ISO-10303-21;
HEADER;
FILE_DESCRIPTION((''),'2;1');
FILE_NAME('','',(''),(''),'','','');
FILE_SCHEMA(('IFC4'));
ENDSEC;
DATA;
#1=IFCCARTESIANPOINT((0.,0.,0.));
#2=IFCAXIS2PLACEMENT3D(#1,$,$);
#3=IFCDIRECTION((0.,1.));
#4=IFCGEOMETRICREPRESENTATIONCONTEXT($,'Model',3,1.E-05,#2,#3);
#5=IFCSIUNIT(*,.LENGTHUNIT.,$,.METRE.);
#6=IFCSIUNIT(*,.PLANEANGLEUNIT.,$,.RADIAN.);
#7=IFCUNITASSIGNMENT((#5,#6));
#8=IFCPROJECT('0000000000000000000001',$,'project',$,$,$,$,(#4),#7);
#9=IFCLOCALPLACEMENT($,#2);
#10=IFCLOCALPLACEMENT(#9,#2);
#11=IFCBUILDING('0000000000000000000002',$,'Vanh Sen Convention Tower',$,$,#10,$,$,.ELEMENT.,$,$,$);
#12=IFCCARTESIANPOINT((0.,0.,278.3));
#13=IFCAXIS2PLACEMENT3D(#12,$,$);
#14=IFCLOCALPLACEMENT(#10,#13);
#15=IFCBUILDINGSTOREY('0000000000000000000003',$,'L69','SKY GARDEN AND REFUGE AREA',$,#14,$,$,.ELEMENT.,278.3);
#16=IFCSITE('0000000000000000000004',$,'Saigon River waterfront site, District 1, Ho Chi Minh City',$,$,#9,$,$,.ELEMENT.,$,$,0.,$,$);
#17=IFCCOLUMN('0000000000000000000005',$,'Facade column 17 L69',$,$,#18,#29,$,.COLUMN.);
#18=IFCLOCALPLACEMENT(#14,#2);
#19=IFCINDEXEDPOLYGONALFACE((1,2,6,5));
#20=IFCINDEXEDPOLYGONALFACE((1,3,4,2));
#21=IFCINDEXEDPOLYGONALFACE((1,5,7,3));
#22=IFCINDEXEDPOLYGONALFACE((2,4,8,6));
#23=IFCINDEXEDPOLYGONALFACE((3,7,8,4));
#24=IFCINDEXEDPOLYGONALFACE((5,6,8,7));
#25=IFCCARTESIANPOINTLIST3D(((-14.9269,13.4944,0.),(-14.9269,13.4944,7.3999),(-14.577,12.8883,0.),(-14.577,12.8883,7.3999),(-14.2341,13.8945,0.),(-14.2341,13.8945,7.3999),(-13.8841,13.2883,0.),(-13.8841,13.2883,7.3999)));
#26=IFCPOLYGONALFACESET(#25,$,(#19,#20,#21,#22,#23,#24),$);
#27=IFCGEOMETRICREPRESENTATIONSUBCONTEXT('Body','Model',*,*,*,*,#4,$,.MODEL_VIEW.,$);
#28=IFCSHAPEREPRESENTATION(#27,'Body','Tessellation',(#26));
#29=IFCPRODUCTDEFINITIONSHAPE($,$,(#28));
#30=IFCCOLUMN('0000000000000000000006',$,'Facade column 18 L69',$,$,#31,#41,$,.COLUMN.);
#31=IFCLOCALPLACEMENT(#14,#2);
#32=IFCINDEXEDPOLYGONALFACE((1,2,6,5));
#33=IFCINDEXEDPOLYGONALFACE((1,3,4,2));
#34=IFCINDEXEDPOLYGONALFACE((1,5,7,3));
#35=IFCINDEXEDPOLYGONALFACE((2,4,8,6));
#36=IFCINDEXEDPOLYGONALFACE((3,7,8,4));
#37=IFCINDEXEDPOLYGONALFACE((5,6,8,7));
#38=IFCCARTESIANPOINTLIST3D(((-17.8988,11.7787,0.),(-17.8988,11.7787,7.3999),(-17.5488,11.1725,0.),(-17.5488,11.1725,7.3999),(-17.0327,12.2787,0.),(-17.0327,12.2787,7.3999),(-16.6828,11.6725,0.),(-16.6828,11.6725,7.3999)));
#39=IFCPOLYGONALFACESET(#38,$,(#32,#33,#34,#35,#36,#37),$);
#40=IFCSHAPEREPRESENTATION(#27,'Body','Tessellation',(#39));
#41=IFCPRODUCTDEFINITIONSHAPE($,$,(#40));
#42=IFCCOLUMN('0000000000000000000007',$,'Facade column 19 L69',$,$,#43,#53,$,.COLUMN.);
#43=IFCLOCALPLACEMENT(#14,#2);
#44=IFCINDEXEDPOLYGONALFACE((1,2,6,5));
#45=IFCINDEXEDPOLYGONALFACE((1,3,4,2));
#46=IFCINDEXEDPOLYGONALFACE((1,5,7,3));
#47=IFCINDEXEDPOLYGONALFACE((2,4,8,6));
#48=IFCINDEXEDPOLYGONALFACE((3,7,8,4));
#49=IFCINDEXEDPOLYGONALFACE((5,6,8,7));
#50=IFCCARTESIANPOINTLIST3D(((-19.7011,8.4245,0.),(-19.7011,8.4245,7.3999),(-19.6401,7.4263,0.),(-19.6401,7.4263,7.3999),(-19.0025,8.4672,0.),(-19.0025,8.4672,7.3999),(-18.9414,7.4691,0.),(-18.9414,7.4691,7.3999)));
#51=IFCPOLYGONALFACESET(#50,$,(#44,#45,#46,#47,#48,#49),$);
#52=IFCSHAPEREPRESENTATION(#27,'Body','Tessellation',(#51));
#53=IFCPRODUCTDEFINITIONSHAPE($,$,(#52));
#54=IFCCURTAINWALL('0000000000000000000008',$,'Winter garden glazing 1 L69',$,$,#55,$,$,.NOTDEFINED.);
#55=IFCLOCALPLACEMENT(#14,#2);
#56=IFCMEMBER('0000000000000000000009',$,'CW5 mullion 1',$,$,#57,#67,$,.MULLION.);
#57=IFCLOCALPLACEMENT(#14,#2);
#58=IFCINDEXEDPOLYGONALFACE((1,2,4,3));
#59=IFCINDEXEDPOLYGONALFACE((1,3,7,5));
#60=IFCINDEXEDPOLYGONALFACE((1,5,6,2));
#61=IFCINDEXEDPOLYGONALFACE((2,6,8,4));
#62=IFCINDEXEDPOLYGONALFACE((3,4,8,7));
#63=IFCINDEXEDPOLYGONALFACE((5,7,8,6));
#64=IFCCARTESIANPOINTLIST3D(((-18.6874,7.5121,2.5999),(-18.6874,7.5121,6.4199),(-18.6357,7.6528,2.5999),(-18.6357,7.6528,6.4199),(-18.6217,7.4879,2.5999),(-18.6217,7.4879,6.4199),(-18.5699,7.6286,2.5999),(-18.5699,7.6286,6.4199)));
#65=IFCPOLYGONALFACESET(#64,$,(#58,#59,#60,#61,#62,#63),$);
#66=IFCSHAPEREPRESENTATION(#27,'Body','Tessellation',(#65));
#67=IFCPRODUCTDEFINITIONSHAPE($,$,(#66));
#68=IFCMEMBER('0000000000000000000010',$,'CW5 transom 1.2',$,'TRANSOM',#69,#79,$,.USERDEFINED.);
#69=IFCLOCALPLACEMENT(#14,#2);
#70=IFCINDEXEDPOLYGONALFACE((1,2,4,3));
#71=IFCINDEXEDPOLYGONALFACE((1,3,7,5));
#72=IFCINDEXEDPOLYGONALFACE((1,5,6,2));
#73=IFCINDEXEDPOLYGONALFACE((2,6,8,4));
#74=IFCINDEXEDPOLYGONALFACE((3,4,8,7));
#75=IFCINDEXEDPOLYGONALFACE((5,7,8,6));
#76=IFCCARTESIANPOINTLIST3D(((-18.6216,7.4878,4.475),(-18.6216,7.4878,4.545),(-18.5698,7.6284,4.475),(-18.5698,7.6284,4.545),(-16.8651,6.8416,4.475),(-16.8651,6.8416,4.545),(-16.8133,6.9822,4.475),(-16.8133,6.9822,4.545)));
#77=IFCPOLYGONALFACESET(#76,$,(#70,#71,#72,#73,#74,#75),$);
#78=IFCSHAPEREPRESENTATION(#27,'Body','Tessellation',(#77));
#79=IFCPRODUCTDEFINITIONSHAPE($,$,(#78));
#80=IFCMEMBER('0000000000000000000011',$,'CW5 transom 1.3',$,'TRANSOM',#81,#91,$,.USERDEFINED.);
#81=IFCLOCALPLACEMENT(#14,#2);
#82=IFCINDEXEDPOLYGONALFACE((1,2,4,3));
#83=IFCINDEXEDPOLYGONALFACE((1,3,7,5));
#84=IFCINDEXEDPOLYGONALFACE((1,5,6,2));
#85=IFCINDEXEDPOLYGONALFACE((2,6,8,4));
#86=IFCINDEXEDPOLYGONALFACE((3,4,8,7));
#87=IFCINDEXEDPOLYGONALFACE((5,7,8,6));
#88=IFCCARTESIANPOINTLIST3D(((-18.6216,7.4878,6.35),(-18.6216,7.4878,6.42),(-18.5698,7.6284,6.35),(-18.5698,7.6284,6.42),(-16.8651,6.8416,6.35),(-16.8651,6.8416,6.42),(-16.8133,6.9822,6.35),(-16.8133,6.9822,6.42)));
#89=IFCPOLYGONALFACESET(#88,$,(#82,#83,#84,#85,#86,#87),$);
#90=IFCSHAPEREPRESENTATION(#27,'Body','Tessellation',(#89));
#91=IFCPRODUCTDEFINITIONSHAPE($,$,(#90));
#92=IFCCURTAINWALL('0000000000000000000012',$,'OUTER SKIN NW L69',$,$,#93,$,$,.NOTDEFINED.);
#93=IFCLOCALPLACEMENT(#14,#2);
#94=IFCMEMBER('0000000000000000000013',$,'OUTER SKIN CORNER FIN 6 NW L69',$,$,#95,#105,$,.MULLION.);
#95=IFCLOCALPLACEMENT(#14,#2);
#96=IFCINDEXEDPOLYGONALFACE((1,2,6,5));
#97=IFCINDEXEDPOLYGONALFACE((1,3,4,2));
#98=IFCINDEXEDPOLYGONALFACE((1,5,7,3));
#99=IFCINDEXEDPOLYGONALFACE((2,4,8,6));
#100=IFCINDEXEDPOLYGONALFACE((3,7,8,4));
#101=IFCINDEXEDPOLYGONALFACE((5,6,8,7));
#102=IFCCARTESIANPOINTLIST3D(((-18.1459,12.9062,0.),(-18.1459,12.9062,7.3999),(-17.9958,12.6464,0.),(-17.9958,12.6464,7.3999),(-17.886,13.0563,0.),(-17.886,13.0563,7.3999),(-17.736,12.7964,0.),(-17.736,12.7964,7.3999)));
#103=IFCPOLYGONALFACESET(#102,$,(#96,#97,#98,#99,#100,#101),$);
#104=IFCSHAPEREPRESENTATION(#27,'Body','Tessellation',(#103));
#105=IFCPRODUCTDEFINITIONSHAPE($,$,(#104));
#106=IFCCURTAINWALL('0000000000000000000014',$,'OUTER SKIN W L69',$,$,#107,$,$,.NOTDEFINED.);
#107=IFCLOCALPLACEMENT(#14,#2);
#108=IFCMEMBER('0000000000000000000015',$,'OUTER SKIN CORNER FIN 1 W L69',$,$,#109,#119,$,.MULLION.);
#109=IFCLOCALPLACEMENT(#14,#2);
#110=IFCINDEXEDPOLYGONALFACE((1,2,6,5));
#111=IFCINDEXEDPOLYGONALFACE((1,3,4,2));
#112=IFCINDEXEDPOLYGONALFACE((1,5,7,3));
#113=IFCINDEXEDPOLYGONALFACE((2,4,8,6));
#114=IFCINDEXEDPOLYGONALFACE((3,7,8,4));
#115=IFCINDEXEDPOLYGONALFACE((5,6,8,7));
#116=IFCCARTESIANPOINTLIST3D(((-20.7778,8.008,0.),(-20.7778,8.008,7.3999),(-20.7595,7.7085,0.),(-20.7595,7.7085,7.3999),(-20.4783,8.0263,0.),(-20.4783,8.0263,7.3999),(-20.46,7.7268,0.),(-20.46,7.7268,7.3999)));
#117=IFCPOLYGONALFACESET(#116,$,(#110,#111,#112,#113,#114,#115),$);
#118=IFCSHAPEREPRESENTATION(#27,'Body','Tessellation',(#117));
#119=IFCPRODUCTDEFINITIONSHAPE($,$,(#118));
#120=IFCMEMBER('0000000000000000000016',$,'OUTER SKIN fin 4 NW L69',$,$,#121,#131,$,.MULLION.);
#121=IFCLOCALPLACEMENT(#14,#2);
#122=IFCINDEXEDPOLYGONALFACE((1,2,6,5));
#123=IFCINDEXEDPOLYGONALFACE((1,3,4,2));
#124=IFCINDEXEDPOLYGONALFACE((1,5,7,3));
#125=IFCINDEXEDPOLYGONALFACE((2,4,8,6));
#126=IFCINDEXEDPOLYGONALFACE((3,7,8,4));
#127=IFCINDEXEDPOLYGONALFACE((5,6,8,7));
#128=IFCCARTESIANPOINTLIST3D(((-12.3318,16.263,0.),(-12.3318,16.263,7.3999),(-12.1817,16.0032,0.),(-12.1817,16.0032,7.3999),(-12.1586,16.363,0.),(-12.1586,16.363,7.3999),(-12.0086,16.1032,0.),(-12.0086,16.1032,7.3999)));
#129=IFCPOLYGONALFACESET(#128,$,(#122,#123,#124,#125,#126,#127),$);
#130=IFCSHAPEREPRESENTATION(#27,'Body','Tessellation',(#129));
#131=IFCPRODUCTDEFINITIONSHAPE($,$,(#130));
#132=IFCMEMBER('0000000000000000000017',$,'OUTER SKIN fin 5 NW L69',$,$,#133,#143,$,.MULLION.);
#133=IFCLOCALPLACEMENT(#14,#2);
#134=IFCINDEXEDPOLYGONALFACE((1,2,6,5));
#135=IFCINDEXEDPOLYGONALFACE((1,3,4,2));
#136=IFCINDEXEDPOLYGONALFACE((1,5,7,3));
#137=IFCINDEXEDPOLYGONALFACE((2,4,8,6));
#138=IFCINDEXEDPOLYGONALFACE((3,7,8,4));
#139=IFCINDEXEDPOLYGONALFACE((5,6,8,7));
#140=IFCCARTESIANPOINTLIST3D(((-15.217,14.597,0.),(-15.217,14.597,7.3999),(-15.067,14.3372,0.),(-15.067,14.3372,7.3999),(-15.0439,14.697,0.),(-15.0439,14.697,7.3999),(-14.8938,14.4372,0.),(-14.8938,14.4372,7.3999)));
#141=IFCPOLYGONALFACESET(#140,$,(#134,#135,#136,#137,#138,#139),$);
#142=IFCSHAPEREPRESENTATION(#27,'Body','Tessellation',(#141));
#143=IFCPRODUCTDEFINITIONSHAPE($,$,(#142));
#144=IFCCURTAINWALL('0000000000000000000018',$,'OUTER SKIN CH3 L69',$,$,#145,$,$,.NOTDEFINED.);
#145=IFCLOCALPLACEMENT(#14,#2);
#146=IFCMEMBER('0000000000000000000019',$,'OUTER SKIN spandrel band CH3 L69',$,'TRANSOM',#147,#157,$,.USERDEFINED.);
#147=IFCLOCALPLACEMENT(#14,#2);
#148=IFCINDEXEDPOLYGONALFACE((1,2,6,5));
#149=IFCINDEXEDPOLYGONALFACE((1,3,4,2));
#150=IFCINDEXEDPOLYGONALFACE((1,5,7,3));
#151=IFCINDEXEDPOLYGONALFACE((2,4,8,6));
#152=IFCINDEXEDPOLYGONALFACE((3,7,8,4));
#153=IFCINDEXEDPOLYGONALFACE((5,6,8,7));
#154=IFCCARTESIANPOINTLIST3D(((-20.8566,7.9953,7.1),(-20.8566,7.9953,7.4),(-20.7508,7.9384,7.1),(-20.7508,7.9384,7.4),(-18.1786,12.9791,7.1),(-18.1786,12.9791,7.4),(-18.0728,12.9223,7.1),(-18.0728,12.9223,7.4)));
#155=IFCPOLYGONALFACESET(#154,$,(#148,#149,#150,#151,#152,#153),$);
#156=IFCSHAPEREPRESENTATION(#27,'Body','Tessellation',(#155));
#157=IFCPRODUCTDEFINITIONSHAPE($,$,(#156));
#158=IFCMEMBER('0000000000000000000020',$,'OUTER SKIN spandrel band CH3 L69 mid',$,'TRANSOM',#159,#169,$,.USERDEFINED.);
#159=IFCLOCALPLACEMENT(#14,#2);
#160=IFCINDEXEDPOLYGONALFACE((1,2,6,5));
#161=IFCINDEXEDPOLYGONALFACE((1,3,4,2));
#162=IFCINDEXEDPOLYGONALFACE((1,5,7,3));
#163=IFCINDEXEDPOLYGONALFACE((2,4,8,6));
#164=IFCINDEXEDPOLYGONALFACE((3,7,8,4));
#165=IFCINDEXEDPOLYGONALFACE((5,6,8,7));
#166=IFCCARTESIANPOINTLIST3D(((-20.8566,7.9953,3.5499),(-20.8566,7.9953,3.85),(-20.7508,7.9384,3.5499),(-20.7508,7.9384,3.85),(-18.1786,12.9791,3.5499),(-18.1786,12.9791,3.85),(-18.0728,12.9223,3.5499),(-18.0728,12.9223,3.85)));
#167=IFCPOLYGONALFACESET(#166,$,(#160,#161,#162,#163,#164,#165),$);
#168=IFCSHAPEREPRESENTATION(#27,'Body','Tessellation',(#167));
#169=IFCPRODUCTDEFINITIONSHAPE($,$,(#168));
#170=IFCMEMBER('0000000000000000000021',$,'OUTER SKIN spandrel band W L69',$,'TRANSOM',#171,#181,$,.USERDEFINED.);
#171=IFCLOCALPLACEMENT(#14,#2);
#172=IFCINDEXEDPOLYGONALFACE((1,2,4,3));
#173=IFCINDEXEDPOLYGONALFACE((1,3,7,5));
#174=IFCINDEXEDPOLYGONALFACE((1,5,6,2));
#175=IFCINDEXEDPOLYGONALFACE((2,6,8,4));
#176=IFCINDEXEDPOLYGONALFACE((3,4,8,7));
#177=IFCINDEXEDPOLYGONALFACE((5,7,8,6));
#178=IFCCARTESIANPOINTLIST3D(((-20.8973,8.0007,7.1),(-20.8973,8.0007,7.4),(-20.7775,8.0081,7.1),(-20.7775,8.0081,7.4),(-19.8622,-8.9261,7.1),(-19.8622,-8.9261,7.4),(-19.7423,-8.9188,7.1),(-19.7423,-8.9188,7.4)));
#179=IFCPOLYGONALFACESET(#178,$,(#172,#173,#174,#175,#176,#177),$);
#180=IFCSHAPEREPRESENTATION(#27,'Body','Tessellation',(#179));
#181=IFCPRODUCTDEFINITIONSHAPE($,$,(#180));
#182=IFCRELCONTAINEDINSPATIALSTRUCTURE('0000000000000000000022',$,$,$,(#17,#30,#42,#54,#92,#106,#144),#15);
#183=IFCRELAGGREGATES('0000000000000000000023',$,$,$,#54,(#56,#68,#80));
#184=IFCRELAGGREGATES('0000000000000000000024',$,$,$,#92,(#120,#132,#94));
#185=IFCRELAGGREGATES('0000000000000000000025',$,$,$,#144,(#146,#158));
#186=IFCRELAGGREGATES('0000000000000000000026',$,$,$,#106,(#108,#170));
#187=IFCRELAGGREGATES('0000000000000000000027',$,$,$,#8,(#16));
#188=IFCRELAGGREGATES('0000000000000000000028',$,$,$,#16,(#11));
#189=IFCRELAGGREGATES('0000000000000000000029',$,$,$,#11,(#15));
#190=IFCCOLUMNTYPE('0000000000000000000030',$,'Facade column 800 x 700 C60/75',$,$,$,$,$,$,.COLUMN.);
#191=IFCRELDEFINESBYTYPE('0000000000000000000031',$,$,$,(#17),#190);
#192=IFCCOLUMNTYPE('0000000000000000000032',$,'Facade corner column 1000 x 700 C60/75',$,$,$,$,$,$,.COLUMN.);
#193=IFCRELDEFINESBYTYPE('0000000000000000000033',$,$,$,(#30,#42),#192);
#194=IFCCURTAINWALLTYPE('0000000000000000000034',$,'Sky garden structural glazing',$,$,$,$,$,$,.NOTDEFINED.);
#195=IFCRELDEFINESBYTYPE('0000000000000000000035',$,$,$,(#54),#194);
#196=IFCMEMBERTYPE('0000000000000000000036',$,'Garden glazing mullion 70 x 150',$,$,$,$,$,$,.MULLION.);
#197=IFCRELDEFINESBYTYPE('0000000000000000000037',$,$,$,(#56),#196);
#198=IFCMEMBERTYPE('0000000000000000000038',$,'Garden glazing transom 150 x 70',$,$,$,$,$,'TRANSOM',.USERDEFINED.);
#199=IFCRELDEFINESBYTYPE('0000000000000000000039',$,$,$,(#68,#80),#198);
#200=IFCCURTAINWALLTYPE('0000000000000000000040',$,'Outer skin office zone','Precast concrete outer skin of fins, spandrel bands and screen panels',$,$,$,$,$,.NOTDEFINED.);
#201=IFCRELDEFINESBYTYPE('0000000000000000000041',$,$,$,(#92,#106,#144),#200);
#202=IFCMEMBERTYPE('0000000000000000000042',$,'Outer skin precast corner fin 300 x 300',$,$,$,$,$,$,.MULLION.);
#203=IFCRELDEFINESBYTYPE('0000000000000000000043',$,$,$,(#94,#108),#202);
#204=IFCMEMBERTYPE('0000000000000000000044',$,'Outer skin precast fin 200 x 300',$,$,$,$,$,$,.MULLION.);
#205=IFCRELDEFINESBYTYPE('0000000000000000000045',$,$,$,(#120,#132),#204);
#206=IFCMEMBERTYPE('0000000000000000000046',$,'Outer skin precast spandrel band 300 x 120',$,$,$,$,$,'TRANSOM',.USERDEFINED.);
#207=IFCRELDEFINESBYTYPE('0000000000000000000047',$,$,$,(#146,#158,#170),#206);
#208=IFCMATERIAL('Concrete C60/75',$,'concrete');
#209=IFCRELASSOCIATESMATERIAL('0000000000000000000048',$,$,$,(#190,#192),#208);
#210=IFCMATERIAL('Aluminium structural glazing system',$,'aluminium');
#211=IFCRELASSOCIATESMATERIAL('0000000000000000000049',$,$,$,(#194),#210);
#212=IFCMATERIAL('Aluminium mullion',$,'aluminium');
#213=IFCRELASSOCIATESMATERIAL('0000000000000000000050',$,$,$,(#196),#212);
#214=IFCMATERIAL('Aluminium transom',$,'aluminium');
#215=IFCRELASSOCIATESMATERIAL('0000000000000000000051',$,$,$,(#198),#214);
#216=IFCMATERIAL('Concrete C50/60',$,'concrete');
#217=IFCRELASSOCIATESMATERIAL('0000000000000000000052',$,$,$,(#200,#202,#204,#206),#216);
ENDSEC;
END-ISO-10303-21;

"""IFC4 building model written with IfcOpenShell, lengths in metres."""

from ifc_helpers import new_model, si_unit, direction, frame, origin, origin_2d, place, context, subcontext, project, spatial, rectangle, extrude, material, material_profile, profile_set, type_object, element, aggregate, save


model = new_model("IFC4")

# Units and contexts
model_context = context("Model", 3, precision=1e-05, world=origin(), true_north=direction((0.0, 1.0)))
body_context = subcontext(model_context, "Body", "Model", "MODEL_VIEW")
ifc_project = project(units=[si_unit("LENGTHUNIT", "METRE"), si_unit("PLANEANGLEUNIT", "RADIAN")], contexts=[model_context])

# Site, building, storey
site_placement = place(None, origin())
site = spatial("IfcSite", under=ifc_project, at=site_placement, Name="Saigon River waterfront site, District 1, Ho Chi Minh City", CompositionType="ELEMENT", RefElevation=0.0)
building_placement = place(site_placement, origin())
building = spatial("IfcBuilding", under=site, at=building_placement, Name="Vanh Sen Convention Tower", CompositionType="ELEMENT")
storey_placement = place(building_placement, frame((0.0, 0.0, 278.3)))
storey = spatial("IfcBuildingStorey", under=building, at=storey_placement, Name="L69", Description="SKY GARDEN AND REFUGE AREA", CompositionType="ELEMENT", Elevation=278.3)

# Columns
ifc_material_1 = material(Name="Concrete C60/75", Category="concrete")
ifc_material_profile_1 = material_profile(ifc_material_1, rectangle(XDim=0.8, YDim=0.7, at=origin_2d()), Name="RC 800X700")
ifc_profile_set_1 = profile_set([ifc_material_profile_1], Name="Concrete C60/75")
column_type_1 = type_object("IfcColumnType", Name="Facade column 800 x 700 C60/75", PredefinedType="COLUMN", material=ifc_profile_set_1)
column_placement = place(storey_placement, frame((-14.4055, 13.3914, 0.0), z_axis=(0.0, 0.0, 1.0), x_axis=(-0.866025, -0.5, 0.0)))
element("IfcColumn", 1, at=column_placement, inside=storey, type_object=column_type_1, Name="Facade column 17 L69", PredefinedType="COLUMN", context=body_context, shape_type="SweptSolid", body=[
    extrude(rectangle(XDim=0.8, YDim=0.7, at=origin_2d()), origin(), (0.0, 0.0, 1.0), 7.3999),
])
ifc_material_profile_2 = material_profile(ifc_material_1, rectangle(XDim=1.0, YDim=0.7, at=origin_2d()), Name="RC 1000X700")
ifc_profile_set_2 = profile_set([ifc_material_profile_2], Name="Concrete C60/75")
column_type_2 = type_object("IfcColumnType", Name="Facade corner column 1000 x 700 C60/75", PredefinedType="COLUMN", material=ifc_profile_set_2)
for number, where, z_axis, x_axis, name in (
    (2, (-17.2908, 11.7256, 0.0), (0.0, 0.0, 1.0), (-0.866025, -0.5, 0.0), "Facade column 18 L69"),
    (3, (-19.3213, 7.9468, 0.0), (0.0, 0.0, 1.0), (0.061049, -0.998135, 0.0), "Facade column 19 L69"),
):
    element("IfcColumn", number, at=place(storey_placement, frame(where, z_axis=z_axis, x_axis=x_axis)), inside=storey, type_object=column_type_2, Name=name, PredefinedType="COLUMN", context=body_context, shape_type="SweptSolid", body=[
        extrude(rectangle(XDim=1.0, YDim=0.7, at=origin_2d()), origin(), (0.0, 0.0, 1.0), 7.3999),
    ])

# Curtain wall, members
ifc_material_2 = material(Name="Aluminium structural glazing system", Category="aluminium")
curtain_wall_type_1 = type_object("IfcCurtainWallType", Name="Sky garden structural glazing", PredefinedType="NOTDEFINED", material=ifc_material_2)
curtain_wall_1_placement = place(storey_placement, origin())
curtain_wall_1 = element("IfcCurtainWall", 4, at=curtain_wall_1_placement, inside=storey, type_object=curtain_wall_type_1, Name="Winter garden glazing 1 L69", PredefinedType="NOTDEFINED")
ifc_material_3 = material(Name="Aluminium mullion", Category="aluminium")
ifc_material_profile_3 = material_profile(ifc_material_3, rectangle(XDim=0.1499, YDim=0.0701, at=origin_2d()), Name="Garden glazing mullion 70 x 150")
ifc_profile_set_3 = profile_set([ifc_material_profile_3], Name="Aluminium mullion")
member_type_1 = type_object("IfcMemberType", Name="Garden glazing mullion 70 x 150", PredefinedType="MULLION", material=ifc_profile_set_3)
member_1_placement = place(storey_placement, frame((-18.6287, 7.5703, 2.5999), z_axis=(0.0, 0.0, 1.0), x_axis=(0.345297, 0.938493, 0.0)))
member_1 = element("IfcMember", 5, at=member_1_placement, type_object=member_type_1, Name="CW5 mullion 1", PredefinedType="MULLION", context=body_context, shape_type="SweptSolid", body=[
    extrude(rectangle(XDim=0.1499, YDim=0.0701, at=origin_2d()), origin(), (0.0, 0.0, 1.0), 3.8201),
])
ifc_material_4 = material(Name="Aluminium transom", Category="aluminium")
ifc_material_profile_4 = material_profile(ifc_material_4, rectangle(XDim=0.1499, YDim=0.0701, at=origin_2d()), Name="Garden glazing transom 150 x 70")
ifc_profile_set_4 = profile_set([ifc_material_profile_4], Name="Aluminium transom")
member_type_2 = type_object("IfcMemberType", Name="Garden glazing transom 150 x 70", ElementType="TRANSOM", PredefinedType="USERDEFINED", material=ifc_profile_set_4)
member_2_placement = place(storey_placement, frame((-18.5957, 7.5581, 4.51), z_axis=(0.938503, -0.34527, 0.0), x_axis=(0.34527, 0.938503, 0.0)))
member_2 = element("IfcMember", 6, at=member_2_placement, type_object=member_type_2, Name="CW5 transom 1.2", ObjectType="TRANSOM", PredefinedType="USERDEFINED", context=body_context, shape_type="SweptSolid", body=[
    extrude(rectangle(XDim=0.1499, YDim=0.0701, at=origin_2d()), origin(), (0.0, 0.0, 1.0), 1.8716),
])
member_3_placement = place(storey_placement, frame((-18.5957, 7.5581, 6.385), z_axis=(0.938503, -0.34527, 0.0), x_axis=(0.34527, 0.938503, 0.0)))
member_3 = element("IfcMember", 7, at=member_3_placement, type_object=member_type_2, Name="CW5 transom 1.3", ObjectType="TRANSOM", PredefinedType="USERDEFINED", context=body_context, shape_type="SweptSolid", body=[
    extrude(rectangle(XDim=0.1499, YDim=0.0701, at=origin_2d()), origin(), (0.0, 0.0, 1.0), 1.8716),
])
aggregate(curtain_wall_1, [member_1, member_2, member_3])

# Curtain walls, members
ifc_material_5 = material(Name="Concrete C50/60", Category="concrete")
curtain_wall_type_2 = type_object("IfcCurtainWallType", Name="Outer skin office zone", Description="Precast concrete outer skin of fins, spandrel bands and screen panels", PredefinedType="NOTDEFINED", material=ifc_material_5)
curtain_wall_2_placement = place(storey_placement, origin())
curtain_wall_2 = element("IfcCurtainWall", 8, at=curtain_wall_2_placement, inside=storey, type_object=curtain_wall_type_2, Name="OUTER SKIN NW L69", PredefinedType="NOTDEFINED")
ifc_material_profile_5 = material_profile(ifc_material_5, rectangle(XDim=0.3, YDim=0.3, at=origin_2d()), Name="Outer skin precast corner fin 300 x 300")
ifc_profile_set_5 = profile_set([ifc_material_profile_5], Name="Concrete C50/60")
member_type_3 = type_object("IfcMemberType", Name="Outer skin precast corner fin 300 x 300", PredefinedType="MULLION", material=ifc_profile_set_5)
member_4_placement = place(storey_placement, frame((-17.9409, 12.8513, 0.0), z_axis=(0.0, 0.0, 1.0), x_axis=(-0.866025, -0.5, 0.0)))
member_4 = element("IfcMember", 9, at=member_4_placement, type_object=member_type_3, Name="OUTER SKIN CORNER FIN 6 NW L69", PredefinedType="MULLION", context=body_context, shape_type="SweptSolid", body=[
    extrude(rectangle(XDim=0.3, YDim=0.3, at=origin_2d()), origin(), (0.0, 0.0, 1.0), 7.3999),
])
curtain_wall_3_placement = place(storey_placement, origin())
curtain_wall_3 = element("IfcCurtainWall", 10, at=curtain_wall_3_placement, inside=storey, type_object=curtain_wall_type_2, Name="OUTER SKIN W L69", PredefinedType="NOTDEFINED")
member_5_placement = place(storey_placement, frame((-20.6189, 7.8674, 0.0), z_axis=(0.0, 0.0, 1.0), x_axis=(0.061049, -0.998135, 0.0)))
member_5 = element("IfcMember", 11, at=member_5_placement, type_object=member_type_3, Name="OUTER SKIN CORNER FIN 1 W L69", PredefinedType="MULLION", context=body_context, shape_type="SweptSolid", body=[
    extrude(rectangle(XDim=0.3, YDim=0.3, at=origin_2d()), origin(), (0.0, 0.0, 1.0), 7.3999),
])

# Members
ifc_material_profile_6 = material_profile(ifc_material_5, rectangle(XDim=0.2, YDim=0.3, at=origin_2d()), Name="Outer skin precast fin 200 x 300")
ifc_profile_set_6 = profile_set([ifc_material_profile_6], Name="Concrete C50/60")
member_type_4 = type_object("IfcMemberType", Name="Outer skin precast fin 200 x 300", PredefinedType="MULLION", material=ifc_profile_set_6)
member_6_placement = place(storey_placement, frame((-12.1702, 16.1831, 0.0), z_axis=(0.0, 0.0, 1.0), x_axis=(-0.866025, -0.5, 0.0)))
member_6 = element("IfcMember", 12, at=member_6_placement, type_object=member_type_4, Name="OUTER SKIN fin 4 NW L69", PredefinedType="MULLION", context=body_context, shape_type="SweptSolid", body=[
    extrude(rectangle(XDim=0.2, YDim=0.3, at=origin_2d()), origin(), (0.0, 0.0, 1.0), 7.3999),
])
member_7_placement = place(storey_placement, frame((-15.0554, 14.5171, 0.0), z_axis=(0.0, 0.0, 1.0), x_axis=(-0.866025, -0.5, 0.0)))
member_7 = element("IfcMember", 13, at=member_7_placement, type_object=member_type_4, Name="OUTER SKIN fin 5 NW L69", PredefinedType="MULLION", context=body_context, shape_type="SweptSolid", body=[
    extrude(rectangle(XDim=0.2, YDim=0.3, at=origin_2d()), origin(), (0.0, 0.0, 1.0), 7.3999),
])
aggregate(curtain_wall_2, [member_6, member_7, member_4])

# Curtain wall, members
curtain_wall_4_placement = place(storey_placement, origin())
curtain_wall_4 = element("IfcCurtainWall", 14, at=curtain_wall_4_placement, inside=storey, type_object=curtain_wall_type_2, Name="OUTER SKIN CH3 L69", PredefinedType="NOTDEFINED")
ifc_material_profile_7 = material_profile(ifc_material_5, rectangle(XDim=0.1201, YDim=0.3, at=origin_2d()), Name="Outer skin precast spandrel band 300 x 120")
ifc_profile_set_7 = profile_set([ifc_material_profile_7], Name="Concrete C50/60")
member_type_5 = type_object("IfcMemberType", Name="Outer skin precast spandrel band 300 x 120", ElementType="TRANSOM", PredefinedType="USERDEFINED", material=ifc_profile_set_7)
member_8_placement = place(storey_placement, frame((-18.1257, 12.9507, 7.25), z_axis=(-0.473325, -0.880888, 0.0), x_axis=(0.880888, -0.473325, 0.0)))
member_8 = element("IfcMember", 15, at=member_8_placement, type_object=member_type_5, Name="OUTER SKIN spandrel band CH3 L69", ObjectType="TRANSOM", PredefinedType="USERDEFINED", context=body_context, shape_type="SweptSolid", body=[
    extrude(rectangle(XDim=0.1201, YDim=0.3, at=origin_2d()), origin(), (0.0, 0.0, 1.0), 5.6577),
])
member_9_placement = place(storey_placement, frame((-18.1257, 12.9507, 3.7), z_axis=(-0.473325, -0.880888, 0.0), x_axis=(0.880888, -0.473325, 0.0)))
member_9 = element("IfcMember", 16, at=member_9_placement, type_object=member_type_5, Name="OUTER SKIN spandrel band CH3 L69 mid", ObjectType="TRANSOM", PredefinedType="USERDEFINED", context=body_context, shape_type="SweptSolid", body=[
    extrude(rectangle(XDim=0.1201, YDim=0.3, at=origin_2d()), origin(), (0.0, 0.0, 1.0), 5.6577),
])
aggregate(curtain_wall_4, [member_8, member_9])

# Member
member_10_placement = place(storey_placement, frame((-20.8374, 8.0044, 7.25), z_axis=(0.061041, -0.998135, 0.0), x_axis=(0.998135, 0.061041, 0.0)))
member_10 = element("IfcMember", 17, at=member_10_placement, type_object=member_type_5, Name="OUTER SKIN spandrel band W L69", ObjectType="TRANSOM", PredefinedType="USERDEFINED", context=body_context, shape_type="SweptSolid", body=[
    extrude(rectangle(XDim=0.1201, YDim=0.3, at=origin_2d()), origin(), (0.0, 0.0, 1.0), 16.9585),
])
aggregate(curtain_wall_3, [member_5, member_10])

save(model, "model.ifc")
